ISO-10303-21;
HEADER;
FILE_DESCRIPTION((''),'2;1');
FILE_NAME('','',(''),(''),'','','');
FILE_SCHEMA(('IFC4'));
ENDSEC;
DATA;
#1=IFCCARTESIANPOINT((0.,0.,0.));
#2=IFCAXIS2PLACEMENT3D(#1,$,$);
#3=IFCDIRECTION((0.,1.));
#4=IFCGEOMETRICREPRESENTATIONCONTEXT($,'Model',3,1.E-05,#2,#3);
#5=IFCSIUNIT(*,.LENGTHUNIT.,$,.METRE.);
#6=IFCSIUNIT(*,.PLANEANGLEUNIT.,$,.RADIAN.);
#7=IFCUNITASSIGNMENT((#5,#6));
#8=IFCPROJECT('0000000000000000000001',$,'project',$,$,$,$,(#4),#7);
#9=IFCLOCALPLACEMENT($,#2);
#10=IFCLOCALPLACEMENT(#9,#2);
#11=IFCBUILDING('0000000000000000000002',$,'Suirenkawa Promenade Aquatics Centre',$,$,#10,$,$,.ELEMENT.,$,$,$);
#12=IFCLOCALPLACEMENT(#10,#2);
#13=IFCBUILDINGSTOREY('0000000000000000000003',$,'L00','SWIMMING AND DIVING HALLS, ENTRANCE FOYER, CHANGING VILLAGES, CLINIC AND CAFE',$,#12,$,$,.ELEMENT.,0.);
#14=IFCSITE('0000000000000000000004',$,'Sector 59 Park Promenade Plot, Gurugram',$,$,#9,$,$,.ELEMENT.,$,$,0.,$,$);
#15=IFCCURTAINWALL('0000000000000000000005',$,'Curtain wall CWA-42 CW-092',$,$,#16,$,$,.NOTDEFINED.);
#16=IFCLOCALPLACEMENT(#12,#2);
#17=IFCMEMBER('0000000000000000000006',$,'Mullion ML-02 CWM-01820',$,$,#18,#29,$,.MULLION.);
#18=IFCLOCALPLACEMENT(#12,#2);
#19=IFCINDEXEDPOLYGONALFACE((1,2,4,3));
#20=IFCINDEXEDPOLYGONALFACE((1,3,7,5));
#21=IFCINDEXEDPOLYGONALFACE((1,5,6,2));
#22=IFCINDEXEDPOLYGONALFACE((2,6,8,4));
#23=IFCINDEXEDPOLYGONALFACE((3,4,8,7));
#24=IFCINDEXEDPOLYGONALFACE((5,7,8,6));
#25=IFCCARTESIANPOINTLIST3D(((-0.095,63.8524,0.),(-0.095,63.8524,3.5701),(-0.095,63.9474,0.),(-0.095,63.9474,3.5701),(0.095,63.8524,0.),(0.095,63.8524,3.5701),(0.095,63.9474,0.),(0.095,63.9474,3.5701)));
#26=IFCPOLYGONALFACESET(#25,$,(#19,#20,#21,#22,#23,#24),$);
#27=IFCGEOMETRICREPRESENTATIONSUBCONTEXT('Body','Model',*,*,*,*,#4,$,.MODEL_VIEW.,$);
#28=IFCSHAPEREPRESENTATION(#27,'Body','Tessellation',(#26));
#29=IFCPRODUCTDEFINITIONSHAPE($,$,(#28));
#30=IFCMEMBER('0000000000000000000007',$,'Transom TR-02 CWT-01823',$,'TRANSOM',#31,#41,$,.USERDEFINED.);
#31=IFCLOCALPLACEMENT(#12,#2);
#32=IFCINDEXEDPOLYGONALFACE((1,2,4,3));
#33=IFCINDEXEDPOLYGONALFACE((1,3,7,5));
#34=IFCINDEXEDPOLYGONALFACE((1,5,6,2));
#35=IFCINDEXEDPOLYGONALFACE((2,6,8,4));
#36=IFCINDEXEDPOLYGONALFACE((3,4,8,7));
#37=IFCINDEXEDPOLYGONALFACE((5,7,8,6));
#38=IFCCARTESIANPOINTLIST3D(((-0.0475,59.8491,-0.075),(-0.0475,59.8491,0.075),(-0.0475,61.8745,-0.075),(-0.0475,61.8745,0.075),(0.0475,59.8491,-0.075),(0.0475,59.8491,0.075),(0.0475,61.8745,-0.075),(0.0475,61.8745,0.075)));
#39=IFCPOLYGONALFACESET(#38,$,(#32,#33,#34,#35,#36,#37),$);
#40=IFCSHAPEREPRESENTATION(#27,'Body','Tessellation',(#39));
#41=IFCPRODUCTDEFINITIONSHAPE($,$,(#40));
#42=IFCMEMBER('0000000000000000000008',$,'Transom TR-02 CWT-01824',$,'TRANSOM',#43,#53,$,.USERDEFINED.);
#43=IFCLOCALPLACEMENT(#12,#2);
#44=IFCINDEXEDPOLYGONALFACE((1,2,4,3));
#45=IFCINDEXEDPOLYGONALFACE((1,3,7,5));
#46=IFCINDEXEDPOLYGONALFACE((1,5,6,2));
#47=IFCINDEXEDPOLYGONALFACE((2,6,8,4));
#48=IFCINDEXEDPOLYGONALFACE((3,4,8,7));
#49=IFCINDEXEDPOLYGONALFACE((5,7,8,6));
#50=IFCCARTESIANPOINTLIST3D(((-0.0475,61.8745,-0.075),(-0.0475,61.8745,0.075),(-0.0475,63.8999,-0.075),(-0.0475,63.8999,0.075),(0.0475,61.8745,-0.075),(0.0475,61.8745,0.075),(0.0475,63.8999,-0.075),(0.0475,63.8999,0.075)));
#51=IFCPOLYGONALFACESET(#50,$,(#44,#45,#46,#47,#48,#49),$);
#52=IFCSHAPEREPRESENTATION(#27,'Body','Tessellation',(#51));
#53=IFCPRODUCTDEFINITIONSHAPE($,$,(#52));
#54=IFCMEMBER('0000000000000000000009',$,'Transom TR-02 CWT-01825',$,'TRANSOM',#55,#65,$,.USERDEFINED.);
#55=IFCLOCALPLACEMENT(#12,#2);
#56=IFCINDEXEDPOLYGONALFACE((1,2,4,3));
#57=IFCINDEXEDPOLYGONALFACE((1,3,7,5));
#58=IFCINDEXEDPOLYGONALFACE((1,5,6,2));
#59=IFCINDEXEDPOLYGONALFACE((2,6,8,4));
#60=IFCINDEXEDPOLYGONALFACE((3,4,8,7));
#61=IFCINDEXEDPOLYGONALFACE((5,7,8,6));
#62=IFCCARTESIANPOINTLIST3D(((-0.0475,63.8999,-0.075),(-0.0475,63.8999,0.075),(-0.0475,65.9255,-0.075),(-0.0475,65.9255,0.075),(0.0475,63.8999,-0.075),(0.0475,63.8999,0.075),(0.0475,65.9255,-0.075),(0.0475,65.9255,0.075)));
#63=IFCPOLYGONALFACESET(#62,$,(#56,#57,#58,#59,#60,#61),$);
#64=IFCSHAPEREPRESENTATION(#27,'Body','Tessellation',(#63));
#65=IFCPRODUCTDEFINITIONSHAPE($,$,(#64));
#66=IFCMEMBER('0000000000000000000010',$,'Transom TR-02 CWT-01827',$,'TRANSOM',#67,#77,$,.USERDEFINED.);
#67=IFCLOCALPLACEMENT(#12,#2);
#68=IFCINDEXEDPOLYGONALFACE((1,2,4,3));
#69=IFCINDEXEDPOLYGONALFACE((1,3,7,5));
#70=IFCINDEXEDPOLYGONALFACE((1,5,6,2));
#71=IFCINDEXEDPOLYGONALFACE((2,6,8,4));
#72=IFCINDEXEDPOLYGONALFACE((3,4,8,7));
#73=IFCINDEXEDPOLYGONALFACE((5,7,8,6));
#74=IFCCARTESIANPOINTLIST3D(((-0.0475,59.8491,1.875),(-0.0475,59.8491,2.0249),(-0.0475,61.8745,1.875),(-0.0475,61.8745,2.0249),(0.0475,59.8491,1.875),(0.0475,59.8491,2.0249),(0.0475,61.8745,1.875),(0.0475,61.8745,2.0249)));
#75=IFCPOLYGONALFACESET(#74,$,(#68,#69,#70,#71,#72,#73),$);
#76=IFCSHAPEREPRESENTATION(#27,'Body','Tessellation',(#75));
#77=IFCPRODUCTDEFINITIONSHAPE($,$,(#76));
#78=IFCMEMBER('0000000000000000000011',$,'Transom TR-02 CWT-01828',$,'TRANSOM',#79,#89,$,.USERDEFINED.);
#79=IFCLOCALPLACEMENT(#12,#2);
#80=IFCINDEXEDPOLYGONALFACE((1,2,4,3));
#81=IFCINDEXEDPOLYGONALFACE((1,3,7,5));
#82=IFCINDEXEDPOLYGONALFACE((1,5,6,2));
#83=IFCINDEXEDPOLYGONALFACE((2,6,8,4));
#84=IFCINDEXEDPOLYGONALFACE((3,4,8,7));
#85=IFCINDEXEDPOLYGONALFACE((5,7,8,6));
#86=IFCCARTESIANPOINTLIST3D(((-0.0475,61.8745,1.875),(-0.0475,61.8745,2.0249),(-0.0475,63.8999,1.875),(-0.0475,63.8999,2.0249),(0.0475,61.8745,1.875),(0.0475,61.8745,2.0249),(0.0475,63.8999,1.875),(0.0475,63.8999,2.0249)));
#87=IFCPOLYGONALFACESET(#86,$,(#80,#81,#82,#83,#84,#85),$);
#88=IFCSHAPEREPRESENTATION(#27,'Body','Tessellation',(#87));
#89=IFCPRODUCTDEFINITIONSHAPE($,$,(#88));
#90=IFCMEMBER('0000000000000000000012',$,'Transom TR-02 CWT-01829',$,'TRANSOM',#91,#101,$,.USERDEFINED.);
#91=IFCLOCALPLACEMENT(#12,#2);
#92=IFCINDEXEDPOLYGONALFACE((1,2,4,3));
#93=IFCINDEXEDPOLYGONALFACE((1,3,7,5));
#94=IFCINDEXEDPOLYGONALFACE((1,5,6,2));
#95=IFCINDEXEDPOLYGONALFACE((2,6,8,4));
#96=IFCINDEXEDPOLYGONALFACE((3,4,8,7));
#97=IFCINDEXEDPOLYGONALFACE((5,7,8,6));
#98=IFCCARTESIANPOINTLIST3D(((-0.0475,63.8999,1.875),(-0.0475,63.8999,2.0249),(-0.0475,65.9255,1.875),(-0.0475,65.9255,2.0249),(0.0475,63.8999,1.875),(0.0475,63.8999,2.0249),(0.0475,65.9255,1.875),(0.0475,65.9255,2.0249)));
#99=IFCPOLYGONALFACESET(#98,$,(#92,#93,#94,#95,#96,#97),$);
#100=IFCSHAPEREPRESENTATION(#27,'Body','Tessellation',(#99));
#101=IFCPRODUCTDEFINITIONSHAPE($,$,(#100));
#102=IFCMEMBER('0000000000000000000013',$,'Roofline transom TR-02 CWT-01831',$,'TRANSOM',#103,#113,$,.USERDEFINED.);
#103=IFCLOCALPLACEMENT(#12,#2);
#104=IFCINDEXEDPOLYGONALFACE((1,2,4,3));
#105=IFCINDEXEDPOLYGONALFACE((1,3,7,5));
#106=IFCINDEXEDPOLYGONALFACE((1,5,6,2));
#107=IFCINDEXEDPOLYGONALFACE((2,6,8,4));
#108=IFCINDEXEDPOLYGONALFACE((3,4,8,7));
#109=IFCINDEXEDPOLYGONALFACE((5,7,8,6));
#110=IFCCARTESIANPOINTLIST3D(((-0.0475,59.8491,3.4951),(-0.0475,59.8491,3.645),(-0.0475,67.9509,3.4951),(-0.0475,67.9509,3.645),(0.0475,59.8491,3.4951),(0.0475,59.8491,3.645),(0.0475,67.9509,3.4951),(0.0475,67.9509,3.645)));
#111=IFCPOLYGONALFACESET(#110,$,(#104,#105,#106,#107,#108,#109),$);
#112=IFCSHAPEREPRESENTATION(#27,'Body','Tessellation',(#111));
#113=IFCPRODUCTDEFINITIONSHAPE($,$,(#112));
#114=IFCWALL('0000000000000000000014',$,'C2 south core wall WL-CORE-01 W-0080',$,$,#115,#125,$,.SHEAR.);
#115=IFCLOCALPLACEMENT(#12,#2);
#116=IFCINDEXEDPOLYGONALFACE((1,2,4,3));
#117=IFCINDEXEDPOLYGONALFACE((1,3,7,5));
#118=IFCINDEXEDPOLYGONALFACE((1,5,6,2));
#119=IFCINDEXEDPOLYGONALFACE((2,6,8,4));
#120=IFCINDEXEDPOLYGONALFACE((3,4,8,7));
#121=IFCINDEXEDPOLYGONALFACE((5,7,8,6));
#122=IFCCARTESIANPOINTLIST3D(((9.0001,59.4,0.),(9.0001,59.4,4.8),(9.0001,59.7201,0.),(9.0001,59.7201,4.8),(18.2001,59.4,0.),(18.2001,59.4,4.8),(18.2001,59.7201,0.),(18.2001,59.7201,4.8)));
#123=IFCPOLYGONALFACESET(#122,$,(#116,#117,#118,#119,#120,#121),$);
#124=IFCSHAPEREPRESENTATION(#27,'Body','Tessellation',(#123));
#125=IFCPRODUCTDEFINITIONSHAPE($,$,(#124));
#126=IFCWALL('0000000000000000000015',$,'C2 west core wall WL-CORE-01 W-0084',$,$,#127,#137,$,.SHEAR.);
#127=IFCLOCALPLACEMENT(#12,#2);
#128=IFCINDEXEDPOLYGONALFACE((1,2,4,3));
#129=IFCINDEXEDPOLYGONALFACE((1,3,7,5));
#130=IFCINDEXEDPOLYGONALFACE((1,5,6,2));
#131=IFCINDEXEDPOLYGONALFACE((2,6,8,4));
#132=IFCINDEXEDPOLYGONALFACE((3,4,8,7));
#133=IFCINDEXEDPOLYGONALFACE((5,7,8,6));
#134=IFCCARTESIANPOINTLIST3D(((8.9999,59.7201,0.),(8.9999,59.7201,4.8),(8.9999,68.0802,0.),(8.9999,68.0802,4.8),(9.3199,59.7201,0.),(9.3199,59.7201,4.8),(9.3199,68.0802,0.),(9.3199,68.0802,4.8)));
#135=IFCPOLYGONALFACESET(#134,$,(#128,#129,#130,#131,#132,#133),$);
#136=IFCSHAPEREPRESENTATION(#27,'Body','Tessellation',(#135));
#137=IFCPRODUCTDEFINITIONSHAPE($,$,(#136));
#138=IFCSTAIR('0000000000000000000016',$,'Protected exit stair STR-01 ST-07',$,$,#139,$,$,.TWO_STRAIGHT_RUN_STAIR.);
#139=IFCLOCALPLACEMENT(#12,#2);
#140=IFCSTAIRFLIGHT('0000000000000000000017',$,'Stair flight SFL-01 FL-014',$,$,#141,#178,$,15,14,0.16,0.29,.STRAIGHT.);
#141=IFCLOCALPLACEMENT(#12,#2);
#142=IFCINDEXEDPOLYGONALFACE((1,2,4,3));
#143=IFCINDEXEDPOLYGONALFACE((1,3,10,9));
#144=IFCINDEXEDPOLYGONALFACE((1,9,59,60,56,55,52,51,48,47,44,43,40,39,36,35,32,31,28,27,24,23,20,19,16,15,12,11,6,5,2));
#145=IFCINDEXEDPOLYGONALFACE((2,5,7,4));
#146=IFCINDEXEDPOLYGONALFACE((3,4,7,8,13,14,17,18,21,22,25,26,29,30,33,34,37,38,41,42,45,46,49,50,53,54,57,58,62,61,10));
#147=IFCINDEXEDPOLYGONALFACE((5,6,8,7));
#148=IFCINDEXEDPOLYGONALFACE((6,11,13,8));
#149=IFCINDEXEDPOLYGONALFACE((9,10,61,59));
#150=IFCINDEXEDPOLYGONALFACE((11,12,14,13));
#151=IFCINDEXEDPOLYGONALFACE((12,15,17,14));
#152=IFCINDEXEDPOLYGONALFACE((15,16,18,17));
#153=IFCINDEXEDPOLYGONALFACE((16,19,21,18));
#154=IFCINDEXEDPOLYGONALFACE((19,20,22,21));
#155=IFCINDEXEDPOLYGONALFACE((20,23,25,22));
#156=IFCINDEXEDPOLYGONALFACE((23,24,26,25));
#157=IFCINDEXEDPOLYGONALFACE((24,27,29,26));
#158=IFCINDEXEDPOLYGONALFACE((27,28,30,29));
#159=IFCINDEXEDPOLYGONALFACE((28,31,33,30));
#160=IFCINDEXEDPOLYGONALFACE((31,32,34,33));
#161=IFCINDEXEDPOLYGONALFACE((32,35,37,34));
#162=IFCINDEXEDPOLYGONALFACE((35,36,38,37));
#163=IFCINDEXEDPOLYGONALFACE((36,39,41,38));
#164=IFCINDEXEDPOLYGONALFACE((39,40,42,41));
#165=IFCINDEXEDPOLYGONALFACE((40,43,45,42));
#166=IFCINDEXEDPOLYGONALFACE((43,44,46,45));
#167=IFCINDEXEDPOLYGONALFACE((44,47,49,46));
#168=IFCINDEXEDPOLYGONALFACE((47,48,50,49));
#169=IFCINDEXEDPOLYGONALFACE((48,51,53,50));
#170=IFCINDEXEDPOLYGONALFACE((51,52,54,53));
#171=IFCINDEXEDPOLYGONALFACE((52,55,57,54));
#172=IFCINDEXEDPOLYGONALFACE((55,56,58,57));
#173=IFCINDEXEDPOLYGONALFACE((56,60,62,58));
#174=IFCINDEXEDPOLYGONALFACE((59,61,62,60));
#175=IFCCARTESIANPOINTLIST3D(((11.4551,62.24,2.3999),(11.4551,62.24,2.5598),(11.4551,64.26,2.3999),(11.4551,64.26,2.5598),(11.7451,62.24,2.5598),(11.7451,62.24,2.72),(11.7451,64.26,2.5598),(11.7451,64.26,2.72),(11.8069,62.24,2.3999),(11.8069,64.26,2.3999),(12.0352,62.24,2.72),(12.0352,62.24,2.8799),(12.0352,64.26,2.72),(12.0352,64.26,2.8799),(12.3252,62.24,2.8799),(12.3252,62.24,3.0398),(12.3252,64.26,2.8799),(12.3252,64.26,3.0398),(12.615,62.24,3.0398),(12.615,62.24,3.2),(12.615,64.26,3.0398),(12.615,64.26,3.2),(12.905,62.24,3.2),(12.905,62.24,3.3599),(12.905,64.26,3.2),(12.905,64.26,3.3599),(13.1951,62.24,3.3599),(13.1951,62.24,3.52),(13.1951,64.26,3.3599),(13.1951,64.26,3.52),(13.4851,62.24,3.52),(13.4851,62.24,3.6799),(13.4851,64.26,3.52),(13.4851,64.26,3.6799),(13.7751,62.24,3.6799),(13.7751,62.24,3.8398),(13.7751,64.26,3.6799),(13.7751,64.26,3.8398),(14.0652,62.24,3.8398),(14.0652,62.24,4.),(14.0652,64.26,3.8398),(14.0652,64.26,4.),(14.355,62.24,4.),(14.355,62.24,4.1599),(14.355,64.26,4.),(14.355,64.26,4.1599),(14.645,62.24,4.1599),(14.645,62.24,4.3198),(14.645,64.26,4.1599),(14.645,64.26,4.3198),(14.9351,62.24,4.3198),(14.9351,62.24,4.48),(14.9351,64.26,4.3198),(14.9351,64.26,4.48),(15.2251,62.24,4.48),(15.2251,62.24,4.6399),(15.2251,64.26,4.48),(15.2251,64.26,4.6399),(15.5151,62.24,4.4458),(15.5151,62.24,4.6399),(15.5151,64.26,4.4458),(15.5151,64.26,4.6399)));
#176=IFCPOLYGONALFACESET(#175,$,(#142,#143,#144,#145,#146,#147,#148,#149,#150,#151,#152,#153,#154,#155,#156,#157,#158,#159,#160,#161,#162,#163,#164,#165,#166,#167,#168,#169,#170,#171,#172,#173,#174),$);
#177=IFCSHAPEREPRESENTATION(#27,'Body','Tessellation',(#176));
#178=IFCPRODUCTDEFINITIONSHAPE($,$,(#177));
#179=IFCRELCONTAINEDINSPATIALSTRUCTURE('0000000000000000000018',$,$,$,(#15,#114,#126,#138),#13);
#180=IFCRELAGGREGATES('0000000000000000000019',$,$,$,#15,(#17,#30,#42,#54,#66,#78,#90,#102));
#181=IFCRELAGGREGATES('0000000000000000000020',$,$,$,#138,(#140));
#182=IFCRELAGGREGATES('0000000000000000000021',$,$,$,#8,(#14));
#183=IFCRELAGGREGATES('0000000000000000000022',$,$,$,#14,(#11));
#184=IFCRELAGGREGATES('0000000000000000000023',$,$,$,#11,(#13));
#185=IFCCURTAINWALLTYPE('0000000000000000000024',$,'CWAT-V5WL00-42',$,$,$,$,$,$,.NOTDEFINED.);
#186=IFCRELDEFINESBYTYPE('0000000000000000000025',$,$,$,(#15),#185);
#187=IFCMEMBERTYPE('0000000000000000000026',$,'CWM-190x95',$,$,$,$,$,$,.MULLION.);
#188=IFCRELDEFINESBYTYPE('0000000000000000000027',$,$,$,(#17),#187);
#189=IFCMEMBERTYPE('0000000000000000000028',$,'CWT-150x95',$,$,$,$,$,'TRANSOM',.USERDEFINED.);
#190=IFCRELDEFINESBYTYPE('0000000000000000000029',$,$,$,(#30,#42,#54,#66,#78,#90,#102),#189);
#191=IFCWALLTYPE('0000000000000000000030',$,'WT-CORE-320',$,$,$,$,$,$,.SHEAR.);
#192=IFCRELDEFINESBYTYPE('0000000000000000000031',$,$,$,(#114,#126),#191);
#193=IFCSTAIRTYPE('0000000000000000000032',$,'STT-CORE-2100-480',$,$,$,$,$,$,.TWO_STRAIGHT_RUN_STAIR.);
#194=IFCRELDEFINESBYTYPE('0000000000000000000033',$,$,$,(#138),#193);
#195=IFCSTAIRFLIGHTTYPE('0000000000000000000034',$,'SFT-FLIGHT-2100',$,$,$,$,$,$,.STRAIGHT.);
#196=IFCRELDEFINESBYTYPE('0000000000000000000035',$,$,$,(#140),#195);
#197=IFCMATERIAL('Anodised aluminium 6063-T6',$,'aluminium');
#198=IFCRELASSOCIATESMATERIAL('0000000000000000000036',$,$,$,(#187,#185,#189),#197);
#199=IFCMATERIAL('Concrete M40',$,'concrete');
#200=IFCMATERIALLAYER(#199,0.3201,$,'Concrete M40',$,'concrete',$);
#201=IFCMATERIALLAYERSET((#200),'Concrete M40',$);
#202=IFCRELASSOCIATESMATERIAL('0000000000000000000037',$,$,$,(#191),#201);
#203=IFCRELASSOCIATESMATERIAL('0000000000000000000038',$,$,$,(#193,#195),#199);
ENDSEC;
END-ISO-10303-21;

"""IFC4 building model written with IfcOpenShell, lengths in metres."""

from ifc_helpers import new_model, si_unit, direction, frame, frame_2d, origin, origin_2d, place, context, subcontext, project, spatial, polyline, rectangle, outline, extrude, material, layer, layer_set, material_profile, profile_set, type_object, element, aggregate, save


model = new_model("IFC4")

# Units and contexts
model_context = context("Model", 3, precision=1e-05, world=origin(), true_north=direction((0.0, 1.0)))
body_context = subcontext(model_context, "Body", "Model", "MODEL_VIEW")
ifc_project = project(units=[si_unit("LENGTHUNIT", "METRE"), si_unit("PLANEANGLEUNIT", "RADIAN")], contexts=[model_context])

# Site, building, storey
site_placement = place(None, origin())
site = spatial("IfcSite", under=ifc_project, at=site_placement, Name="Sector 59 Park Promenade Plot, Gurugram", CompositionType="ELEMENT", RefElevation=0.0)
building_placement = place(site_placement, origin())
building = spatial("IfcBuilding", under=site, at=building_placement, Name="Suirenkawa Promenade Aquatics Centre", CompositionType="ELEMENT")
storey_placement = place(building_placement, origin())
storey = spatial("IfcBuildingStorey", under=building, at=storey_placement, Name="L00", Description="SWIMMING AND DIVING HALLS, ENTRANCE FOYER, CHANGING VILLAGES, CLINIC AND CAFE", CompositionType="ELEMENT", Elevation=0.0)

# Shared definitions
ifc_material_1 = material(Name="Concrete M40", Category="concrete")

# Shared definitions
ifc_material_2 = material(Name="Anodised aluminium 6063-T6", Category="aluminium")
ifc_material_profile_1 = material_profile(ifc_material_2, rectangle(XDim=0.095, YDim=0.1899, at=origin_2d()), Name="ALU MULL 95x190", Category="aluminium")
ifc_profile_set_1 = profile_set([ifc_material_profile_1], Name="Anodised aluminium 6063-T6")
member_type_1 = type_object("IfcMemberType", Name="CWM-190x95", PredefinedType="MULLION", material=ifc_profile_set_1)

# Curtain wall, members
curtain_wall_type_1 = type_object("IfcCurtainWallType", Name="CWAT-V5WL00-42", PredefinedType="NOTDEFINED", material=ifc_material_2)
curtain_wall_1_placement = place(storey_placement, origin())
curtain_wall_1 = element("IfcCurtainWall", 1, at=curtain_wall_1_placement, inside=storey, type_object=curtain_wall_type_1, Name="Curtain wall CWA-42 CW-092", PredefinedType="NOTDEFINED")
member_1_placement = place(storey_placement, frame((0.0, 63.8999, 0.0), z_axis=(0.0, 0.0, 1.0), x_axis=(0.0, 1.0, 0.0)))
member_1 = element("IfcMember", 2, at=member_1_placement, type_object=member_type_1, Name="Mullion ML-02 CWM-01820", PredefinedType="MULLION", context=body_context, shape_type="SweptSolid", body=[
    extrude(rectangle(XDim=0.095, YDim=0.1899, at=origin_2d()), origin(), (0.0, 0.0, 1.0), 3.5701),
])
ifc_material_profile_2 = material_profile(ifc_material_2, rectangle(XDim=0.095, YDim=0.1499, at=origin_2d()), Name="ALU TRAN 95x150", Category="aluminium")
ifc_profile_set_2 = profile_set([ifc_material_profile_2], Name="Anodised aluminium 6063-T6")
member_type_2 = type_object("IfcMemberType", Name="CWT-150x95", ElementType="TRANSOM", PredefinedType="USERDEFINED", material=ifc_profile_set_2)
member_2_placement = place(storey_placement, frame((0.0, 59.8491, 0.0), z_axis=(0.0, 1.0, 0.0), x_axis=(-1.0, 0.0, 0.0)))
member_2 = element("IfcMember", 3, at=member_2_placement, type_object=member_type_2, Name="Transom TR-02 CWT-01823", ObjectType="TRANSOM", PredefinedType="USERDEFINED", context=body_context, shape_type="SweptSolid", body=[
    extrude(rectangle(XDim=0.095, YDim=0.1499, at=origin_2d()), origin(), (0.0, 0.0, 1.0), 2.0254),
])
member_3_placement = place(storey_placement, frame((0.0, 61.8745, 0.0), z_axis=(0.0, 1.0, 0.0), x_axis=(-1.0, 0.0, 0.0)))
member_3 = element("IfcMember", 4, at=member_3_placement, type_object=member_type_2, Name="Transom TR-02 CWT-01824", ObjectType="TRANSOM", PredefinedType="USERDEFINED", context=body_context, shape_type="SweptSolid", body=[
    extrude(rectangle(XDim=0.095, YDim=0.1499, at=origin_2d()), origin(), (0.0, 0.0, 1.0), 2.0254),
])
member_4_placement = place(storey_placement, frame((0.0, 63.8999, 0.0), z_axis=(0.0, 1.0, 0.0), x_axis=(-1.0, 0.0, 0.0)))
member_4 = element("IfcMember", 5, at=member_4_placement, type_object=member_type_2, Name="Transom TR-02 CWT-01825", ObjectType="TRANSOM", PredefinedType="USERDEFINED", context=body_context, shape_type="SweptSolid", body=[
    extrude(rectangle(XDim=0.095, YDim=0.1499, at=origin_2d()), origin(), (0.0, 0.0, 1.0), 2.0256),
])
member_5_placement = place(storey_placement, frame((0.0, 59.8491, 1.95), z_axis=(0.0, 1.0, 0.0), x_axis=(-1.0, 0.0, 0.0)))
member_5 = element("IfcMember", 6, at=member_5_placement, type_object=member_type_2, Name="Transom TR-02 CWT-01827", ObjectType="TRANSOM", PredefinedType="USERDEFINED", context=body_context, shape_type="SweptSolid", body=[
    extrude(rectangle(XDim=0.095, YDim=0.1499, at=origin_2d()), origin(), (0.0, 0.0, 1.0), 2.0254),
])
member_6_placement = place(storey_placement, frame((0.0, 61.8745, 1.95), z_axis=(0.0, 1.0, 0.0), x_axis=(-1.0, 0.0, 0.0)))
member_6 = element("IfcMember", 7, at=member_6_placement, type_object=member_type_2, Name="Transom TR-02 CWT-01828", ObjectType="TRANSOM", PredefinedType="USERDEFINED", context=body_context, shape_type="SweptSolid", body=[
    extrude(rectangle(XDim=0.095, YDim=0.1499, at=origin_2d()), origin(), (0.0, 0.0, 1.0), 2.0254),
])
member_7_placement = place(storey_placement, frame((0.0, 63.8999, 1.95), z_axis=(0.0, 1.0, 0.0), x_axis=(-1.0, 0.0, 0.0)))
member_7 = element("IfcMember", 8, at=member_7_placement, type_object=member_type_2, Name="Transom TR-02 CWT-01829", ObjectType="TRANSOM", PredefinedType="USERDEFINED", context=body_context, shape_type="SweptSolid", body=[
    extrude(rectangle(XDim=0.095, YDim=0.1499, at=origin_2d()), origin(), (0.0, 0.0, 1.0), 2.0256),
])
member_8_placement = place(storey_placement, frame((0.0, 59.8491, 3.5701), z_axis=(0.0, 1.0, 0.0), x_axis=(-1.0, 0.0, 0.0)))
member_8 = element("IfcMember", 9, at=member_8_placement, type_object=member_type_2, Name="Roofline transom TR-02 CWT-01831", ObjectType="TRANSOM", PredefinedType="USERDEFINED", context=body_context, shape_type="SweptSolid", body=[
    extrude(rectangle(XDim=0.095, YDim=0.1499, at=origin_2d()), origin(), (0.0, 0.0, 1.0), 8.1018),
])
aggregate(curtain_wall_1, [member_1, member_2, member_3, member_4, member_5, member_6, member_7, member_8])

# Walls
ifc_layer_1 = layer(ifc_material_1, 0.3201, Name="Concrete M40", Category="concrete")
ifc_layer_set_1 = layer_set([ifc_layer_1], Name="Concrete M40")
wall_type = type_object("IfcWallType", Name="WT-CORE-320", PredefinedType="SHEAR", material=ifc_layer_set_1)
wall_1_placement = place(storey_placement, frame((9.0, 59.5601, 0.0), z_axis=(0.0, 0.0, 1.0), x_axis=(1.0, 0.0, 0.0)))
element("IfcWall", 10, at=wall_1_placement, inside=storey, type_object=wall_type, Name="C2 south core wall WL-CORE-01 W-0080", PredefinedType="SHEAR", context=body_context, shape_type="SweptSolid", body=[
    extrude(rectangle(XDim=9.2, YDim=0.3201, at=frame_2d((4.6001, 0.0))), origin(), (0.0, 0.0, 1.0), 4.8),
])
wall_2_placement = place(storey_placement, frame((9.1599, 59.72, 0.0), z_axis=(0.0, 0.0, 1.0), x_axis=(0.0, 1.0, 0.0)))
element("IfcWall", 11, at=wall_2_placement, inside=storey, type_object=wall_type, Name="C2 west core wall WL-CORE-01 W-0084", PredefinedType="SHEAR", context=body_context, shape_type="SweptSolid", body=[
    extrude(rectangle(XDim=8.3601, YDim=0.3201, at=frame_2d((4.1802, 0.0))), origin(), (0.0, 0.0, 1.0), 4.8),
])

# Stair, stair flight
stair_type = type_object("IfcStairType", Name="STT-CORE-2100-480", PredefinedType="TWO_STRAIGHT_RUN_STAIR", material=ifc_material_1)
stair_placement = place(storey_placement, origin())
stair = element("IfcStair", 12, at=stair_placement, inside=storey, type_object=stair_type, Name="Protected exit stair STR-01 ST-07", PredefinedType="TWO_STRAIGHT_RUN_STAIR")
stair_flight_type = type_object("IfcStairFlightType", Name="SFT-FLIGHT-2100", PredefinedType="STRAIGHT", material=ifc_material_1)
stair_flight_placement = place(storey_placement, frame((11.4551, 63.25, 2.3999), z_axis=(0.0, 0.0, 1.0), x_axis=(1.0, 0.0, 0.0)))
stair_flight = element("IfcStairFlight", 13, at=stair_flight_placement, type_object=stair_flight_type, Name="Stair flight SFL-01 FL-014", NumberOfRisers=15, NumberOfTreads=14, PredefinedType="STRAIGHT", RiserHeight=0.16, TreadLength=0.29, context=body_context, shape_type="SweptSolid", body=[
    extrude(outline(polyline([(0.0, 0.0), (0.0, 0.1599), (0.29, 0.1599), (0.29, 0.3201), (0.5801, 0.3201), (0.5801, 0.48), (0.8701, 0.48), (0.8701, 0.6399), (1.1599, 0.6399), (1.1599, 0.8), (1.45, 0.8), (1.45, 0.96), (1.74, 0.96), (1.74, 1.1201), (2.03, 1.1201), (2.03, 1.28), (2.3201, 1.28), (2.3201, 1.4399), (2.6101, 1.4399), (2.6101, 1.6001), (2.8999, 1.6001), (2.8999, 1.76), (3.1899, 1.76), (3.1899, 1.9199), (3.48, 1.9199), (3.48, 2.0801), (3.77, 2.0801), (3.77, 2.24), (4.0601, 2.24), (4.0601, 2.3999), (4.0601, 2.0459), (0.3518, 0.0), (0.0, 0.0)])), frame((0.0, 1.01, 0.0), z_axis=(0.0, -1.0, 0.0), x_axis=(1.0, 0.0, 0.0)), (0.0, 0.0, 1.0), 2.02),
])
aggregate(stair, [stair_flight])

save(model, "model.ifc")
